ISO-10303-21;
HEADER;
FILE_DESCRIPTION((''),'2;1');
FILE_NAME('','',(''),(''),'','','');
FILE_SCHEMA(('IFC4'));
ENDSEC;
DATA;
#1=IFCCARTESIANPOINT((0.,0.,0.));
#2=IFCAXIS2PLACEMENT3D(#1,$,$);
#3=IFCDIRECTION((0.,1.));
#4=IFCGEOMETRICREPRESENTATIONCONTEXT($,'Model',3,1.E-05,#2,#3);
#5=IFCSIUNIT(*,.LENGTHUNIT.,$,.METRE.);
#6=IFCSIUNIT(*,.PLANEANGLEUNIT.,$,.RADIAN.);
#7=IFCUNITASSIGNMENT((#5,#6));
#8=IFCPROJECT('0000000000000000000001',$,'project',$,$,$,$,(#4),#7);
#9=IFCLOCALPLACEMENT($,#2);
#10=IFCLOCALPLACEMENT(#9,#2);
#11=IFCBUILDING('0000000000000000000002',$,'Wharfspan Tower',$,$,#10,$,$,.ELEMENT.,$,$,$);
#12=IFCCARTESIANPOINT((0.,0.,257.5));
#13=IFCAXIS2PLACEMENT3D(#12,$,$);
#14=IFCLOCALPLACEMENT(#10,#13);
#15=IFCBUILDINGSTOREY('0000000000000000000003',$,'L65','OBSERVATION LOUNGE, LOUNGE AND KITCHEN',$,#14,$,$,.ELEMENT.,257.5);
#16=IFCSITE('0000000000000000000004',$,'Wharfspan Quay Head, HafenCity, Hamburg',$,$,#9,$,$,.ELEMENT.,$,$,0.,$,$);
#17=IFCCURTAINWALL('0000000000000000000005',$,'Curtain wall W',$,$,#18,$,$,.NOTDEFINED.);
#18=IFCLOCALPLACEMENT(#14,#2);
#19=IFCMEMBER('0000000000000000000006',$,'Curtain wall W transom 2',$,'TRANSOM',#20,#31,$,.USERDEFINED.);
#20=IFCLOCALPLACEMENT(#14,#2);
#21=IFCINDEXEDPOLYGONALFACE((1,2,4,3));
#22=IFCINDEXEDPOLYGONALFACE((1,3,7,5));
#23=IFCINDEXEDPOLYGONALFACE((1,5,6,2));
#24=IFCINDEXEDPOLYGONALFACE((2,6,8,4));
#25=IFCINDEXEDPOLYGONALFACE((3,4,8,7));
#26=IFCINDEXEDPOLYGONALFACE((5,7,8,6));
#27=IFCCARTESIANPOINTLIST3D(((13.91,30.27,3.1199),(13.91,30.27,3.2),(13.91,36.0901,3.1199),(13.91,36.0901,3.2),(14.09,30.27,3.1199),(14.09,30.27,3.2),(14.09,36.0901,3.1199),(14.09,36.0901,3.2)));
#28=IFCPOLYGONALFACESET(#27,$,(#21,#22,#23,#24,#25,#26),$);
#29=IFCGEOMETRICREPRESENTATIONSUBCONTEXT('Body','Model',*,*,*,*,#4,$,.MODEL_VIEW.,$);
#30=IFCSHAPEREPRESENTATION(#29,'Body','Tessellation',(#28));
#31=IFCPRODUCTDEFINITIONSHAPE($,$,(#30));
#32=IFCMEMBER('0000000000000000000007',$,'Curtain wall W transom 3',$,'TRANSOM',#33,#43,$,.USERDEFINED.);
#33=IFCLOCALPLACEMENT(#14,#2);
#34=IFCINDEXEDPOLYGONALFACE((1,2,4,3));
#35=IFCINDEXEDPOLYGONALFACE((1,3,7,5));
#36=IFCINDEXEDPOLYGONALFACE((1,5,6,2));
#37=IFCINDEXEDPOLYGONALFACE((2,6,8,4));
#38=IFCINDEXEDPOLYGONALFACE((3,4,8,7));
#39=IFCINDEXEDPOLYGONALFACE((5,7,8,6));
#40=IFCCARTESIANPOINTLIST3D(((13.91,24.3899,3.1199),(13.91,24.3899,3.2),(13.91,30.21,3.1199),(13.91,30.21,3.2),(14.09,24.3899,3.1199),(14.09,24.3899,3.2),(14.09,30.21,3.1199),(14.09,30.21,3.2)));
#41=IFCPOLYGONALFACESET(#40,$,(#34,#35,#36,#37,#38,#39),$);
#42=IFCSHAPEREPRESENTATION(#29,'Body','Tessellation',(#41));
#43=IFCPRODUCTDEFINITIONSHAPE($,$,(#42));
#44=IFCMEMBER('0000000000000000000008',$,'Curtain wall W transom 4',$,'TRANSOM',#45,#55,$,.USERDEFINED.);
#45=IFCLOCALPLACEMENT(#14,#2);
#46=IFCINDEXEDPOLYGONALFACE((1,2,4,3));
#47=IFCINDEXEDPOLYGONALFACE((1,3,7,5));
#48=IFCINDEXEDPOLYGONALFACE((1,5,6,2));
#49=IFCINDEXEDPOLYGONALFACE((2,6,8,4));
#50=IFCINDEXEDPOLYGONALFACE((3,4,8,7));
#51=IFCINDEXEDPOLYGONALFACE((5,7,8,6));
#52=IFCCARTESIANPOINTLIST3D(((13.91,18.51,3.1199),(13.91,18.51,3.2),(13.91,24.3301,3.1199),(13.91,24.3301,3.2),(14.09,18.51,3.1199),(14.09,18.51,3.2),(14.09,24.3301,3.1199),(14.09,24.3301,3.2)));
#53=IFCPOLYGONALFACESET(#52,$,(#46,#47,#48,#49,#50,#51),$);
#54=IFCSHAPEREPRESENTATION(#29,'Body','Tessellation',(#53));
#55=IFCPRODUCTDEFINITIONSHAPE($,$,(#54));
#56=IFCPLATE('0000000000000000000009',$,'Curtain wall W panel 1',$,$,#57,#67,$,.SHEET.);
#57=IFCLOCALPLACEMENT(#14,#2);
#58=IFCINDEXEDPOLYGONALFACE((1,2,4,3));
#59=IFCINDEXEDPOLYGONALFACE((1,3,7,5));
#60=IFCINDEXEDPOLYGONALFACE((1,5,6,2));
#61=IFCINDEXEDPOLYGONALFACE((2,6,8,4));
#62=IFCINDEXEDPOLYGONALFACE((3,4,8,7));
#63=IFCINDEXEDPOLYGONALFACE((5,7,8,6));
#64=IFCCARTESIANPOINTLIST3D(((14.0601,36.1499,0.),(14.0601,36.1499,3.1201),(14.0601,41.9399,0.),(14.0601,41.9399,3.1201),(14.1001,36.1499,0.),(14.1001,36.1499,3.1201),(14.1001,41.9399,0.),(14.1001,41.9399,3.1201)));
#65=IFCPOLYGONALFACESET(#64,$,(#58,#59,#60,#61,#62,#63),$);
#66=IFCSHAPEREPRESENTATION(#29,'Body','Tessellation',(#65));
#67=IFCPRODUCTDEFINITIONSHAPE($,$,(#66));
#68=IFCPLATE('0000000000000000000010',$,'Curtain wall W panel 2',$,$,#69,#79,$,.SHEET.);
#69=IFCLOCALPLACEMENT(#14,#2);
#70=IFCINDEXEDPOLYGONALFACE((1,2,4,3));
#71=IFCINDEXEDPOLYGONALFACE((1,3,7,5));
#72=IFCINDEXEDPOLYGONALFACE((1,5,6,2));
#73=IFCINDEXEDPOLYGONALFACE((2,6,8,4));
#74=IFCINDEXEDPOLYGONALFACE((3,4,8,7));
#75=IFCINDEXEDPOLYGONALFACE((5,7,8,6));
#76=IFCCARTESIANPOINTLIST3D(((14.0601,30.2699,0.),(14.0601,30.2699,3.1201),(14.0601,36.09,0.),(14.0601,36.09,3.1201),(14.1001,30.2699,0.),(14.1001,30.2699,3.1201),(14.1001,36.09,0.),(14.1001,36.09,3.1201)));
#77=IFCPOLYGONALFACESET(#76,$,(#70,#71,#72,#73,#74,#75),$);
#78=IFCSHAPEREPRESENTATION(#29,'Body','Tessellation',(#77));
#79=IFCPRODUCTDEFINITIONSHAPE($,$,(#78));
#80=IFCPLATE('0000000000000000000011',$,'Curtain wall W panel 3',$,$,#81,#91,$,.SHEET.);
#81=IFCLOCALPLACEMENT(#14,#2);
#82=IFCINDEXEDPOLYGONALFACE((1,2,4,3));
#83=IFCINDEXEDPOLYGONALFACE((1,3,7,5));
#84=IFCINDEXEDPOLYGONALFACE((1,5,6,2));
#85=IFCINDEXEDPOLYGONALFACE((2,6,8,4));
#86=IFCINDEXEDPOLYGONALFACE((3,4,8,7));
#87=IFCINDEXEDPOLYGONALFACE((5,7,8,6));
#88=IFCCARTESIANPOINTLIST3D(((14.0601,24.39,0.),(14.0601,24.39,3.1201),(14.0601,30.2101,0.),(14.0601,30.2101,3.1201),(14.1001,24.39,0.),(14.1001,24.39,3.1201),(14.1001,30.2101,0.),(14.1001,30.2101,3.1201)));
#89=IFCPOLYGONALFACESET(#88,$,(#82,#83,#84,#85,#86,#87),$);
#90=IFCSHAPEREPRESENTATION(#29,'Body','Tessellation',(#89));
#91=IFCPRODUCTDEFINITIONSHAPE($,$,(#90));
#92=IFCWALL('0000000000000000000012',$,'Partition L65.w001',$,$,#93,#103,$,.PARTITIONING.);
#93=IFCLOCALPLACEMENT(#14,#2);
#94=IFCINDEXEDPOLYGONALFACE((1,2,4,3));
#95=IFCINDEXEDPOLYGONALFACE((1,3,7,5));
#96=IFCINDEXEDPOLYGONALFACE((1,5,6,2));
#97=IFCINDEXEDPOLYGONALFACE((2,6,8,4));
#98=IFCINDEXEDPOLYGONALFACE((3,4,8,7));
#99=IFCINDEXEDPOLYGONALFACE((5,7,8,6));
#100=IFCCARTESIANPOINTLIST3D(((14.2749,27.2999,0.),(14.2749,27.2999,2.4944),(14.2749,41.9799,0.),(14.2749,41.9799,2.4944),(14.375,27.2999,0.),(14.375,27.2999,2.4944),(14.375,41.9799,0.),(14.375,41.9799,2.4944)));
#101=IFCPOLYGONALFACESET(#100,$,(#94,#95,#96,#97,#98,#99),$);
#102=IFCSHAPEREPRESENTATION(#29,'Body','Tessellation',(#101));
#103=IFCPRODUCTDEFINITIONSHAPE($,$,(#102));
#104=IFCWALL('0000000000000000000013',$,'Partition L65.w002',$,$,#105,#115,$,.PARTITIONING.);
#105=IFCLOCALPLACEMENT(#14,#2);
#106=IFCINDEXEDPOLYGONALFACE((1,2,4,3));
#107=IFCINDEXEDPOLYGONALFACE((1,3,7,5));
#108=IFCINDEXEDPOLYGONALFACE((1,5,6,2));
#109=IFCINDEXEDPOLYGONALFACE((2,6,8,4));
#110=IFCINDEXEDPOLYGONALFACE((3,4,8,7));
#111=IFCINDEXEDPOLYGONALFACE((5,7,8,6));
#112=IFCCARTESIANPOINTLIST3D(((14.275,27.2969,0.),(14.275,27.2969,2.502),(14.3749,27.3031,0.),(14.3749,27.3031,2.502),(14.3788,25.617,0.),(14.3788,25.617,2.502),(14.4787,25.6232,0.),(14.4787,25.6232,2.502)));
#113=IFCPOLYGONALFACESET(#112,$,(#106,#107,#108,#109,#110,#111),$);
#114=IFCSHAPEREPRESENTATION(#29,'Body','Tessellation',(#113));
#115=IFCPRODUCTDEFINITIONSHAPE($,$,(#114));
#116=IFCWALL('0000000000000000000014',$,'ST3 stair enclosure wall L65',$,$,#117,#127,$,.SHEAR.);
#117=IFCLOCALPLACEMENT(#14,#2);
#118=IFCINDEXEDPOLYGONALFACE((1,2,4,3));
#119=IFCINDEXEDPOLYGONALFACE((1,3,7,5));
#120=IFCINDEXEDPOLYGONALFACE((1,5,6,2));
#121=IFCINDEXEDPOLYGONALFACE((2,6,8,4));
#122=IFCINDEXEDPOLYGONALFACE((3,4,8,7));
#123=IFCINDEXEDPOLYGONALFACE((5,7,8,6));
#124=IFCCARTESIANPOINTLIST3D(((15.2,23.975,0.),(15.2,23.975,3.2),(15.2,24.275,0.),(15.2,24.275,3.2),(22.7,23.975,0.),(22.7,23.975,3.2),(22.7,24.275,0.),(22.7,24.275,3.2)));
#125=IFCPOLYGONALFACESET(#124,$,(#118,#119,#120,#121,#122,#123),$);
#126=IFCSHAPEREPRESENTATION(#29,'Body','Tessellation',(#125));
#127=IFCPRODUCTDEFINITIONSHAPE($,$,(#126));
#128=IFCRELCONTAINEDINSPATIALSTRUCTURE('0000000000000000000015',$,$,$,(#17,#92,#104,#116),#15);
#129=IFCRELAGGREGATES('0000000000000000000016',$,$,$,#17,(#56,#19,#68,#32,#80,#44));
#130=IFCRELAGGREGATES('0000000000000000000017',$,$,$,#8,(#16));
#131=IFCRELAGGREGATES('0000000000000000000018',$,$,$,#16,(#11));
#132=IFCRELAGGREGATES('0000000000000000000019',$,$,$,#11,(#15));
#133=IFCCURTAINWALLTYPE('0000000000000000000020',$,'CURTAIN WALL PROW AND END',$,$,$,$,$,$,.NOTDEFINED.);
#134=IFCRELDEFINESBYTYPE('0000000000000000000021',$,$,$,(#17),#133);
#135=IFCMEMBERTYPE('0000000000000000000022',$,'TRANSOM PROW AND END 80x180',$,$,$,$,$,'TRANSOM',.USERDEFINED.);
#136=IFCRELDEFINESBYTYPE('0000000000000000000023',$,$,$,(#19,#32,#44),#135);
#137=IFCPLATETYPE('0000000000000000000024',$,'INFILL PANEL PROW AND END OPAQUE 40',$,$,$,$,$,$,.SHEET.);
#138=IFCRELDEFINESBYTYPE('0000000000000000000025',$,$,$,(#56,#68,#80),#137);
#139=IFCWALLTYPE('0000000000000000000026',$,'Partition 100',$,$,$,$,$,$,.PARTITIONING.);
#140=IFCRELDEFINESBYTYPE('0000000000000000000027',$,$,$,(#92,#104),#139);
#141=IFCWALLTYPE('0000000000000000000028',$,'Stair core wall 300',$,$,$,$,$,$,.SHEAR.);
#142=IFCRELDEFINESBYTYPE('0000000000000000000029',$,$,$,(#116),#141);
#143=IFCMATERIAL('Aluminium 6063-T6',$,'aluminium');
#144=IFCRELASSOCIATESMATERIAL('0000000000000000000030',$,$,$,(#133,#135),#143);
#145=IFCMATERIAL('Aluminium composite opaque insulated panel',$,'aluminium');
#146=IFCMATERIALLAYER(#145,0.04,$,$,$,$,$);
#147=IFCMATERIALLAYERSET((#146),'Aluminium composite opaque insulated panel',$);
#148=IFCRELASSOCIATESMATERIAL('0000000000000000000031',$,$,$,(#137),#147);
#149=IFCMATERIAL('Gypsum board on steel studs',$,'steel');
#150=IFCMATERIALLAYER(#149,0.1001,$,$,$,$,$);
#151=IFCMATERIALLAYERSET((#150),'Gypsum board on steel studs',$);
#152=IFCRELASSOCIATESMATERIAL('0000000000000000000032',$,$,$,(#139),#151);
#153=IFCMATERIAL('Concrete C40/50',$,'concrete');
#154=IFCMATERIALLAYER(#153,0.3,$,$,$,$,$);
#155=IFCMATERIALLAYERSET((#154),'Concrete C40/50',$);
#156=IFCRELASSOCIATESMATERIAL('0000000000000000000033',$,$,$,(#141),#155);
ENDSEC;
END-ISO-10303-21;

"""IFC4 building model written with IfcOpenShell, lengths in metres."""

from ifc_helpers import new_model, si_unit, direction, frame, frame_2d, origin, origin_2d, place, context, subcontext, project, spatial, rectangle, extrude, material, layer, layer_set, material_profile, profile_set, type_object, element, aggregate, save


model = new_model("IFC4")

# Units and contexts
model_context = context("Model", 3, precision=1e-05, world=origin(), true_north=direction((0.0, 1.0)))
body_context = subcontext(model_context, "Body", "Model", "MODEL_VIEW")
ifc_project = project(units=[si_unit("LENGTHUNIT", "METRE"), si_unit("PLANEANGLEUNIT", "RADIAN")], contexts=[model_context])

# Site, building, storey
site_placement = place(None, origin())
site = spatial("IfcSite", under=ifc_project, at=site_placement, Name="Wharfspan Quay Head, HafenCity, Hamburg", CompositionType="ELEMENT", RefElevation=0.0)
building_placement = place(site_placement, origin())
building = spatial("IfcBuilding", under=site, at=building_placement, Name="Wharfspan Tower", CompositionType="ELEMENT")
storey_placement = place(building_placement, frame((0.0, 0.0, 257.5)))
storey = spatial("IfcBuildingStorey", under=building, at=storey_placement, Name="L65", Description="OBSERVATION LOUNGE, LOUNGE AND KITCHEN", CompositionType="ELEMENT", Elevation=257.5)

# Curtain wall
ifc_material_1 = material(Name="Aluminium 6063-T6", Category="aluminium")
curtain_wall_type = type_object("IfcCurtainWallType", Name="CURTAIN WALL PROW AND END", PredefinedType="NOTDEFINED", material=ifc_material_1)
curtain_wall_placement = place(storey_placement, origin())
curtain_wall = element("IfcCurtainWall", 1, at=curtain_wall_placement, inside=storey, type_object=curtain_wall_type, Name="Curtain wall W", PredefinedType="NOTDEFINED")

# Members
ifc_material_profile_1 = material_profile(ifc_material_1, rectangle(XDim=0.1799, YDim=0.0801, at=origin_2d()))
ifc_profile_set_1 = profile_set([ifc_material_profile_1], Name="Aluminium 6063-T6")
member_type_1 = type_object("IfcMemberType", Name="TRANSOM PROW AND END 80x180", ElementType="TRANSOM", PredefinedType="USERDEFINED", material=ifc_profile_set_1)
member_1_placement = place(storey_placement, frame((14.0, 36.0901, 3.1599), z_axis=(0.0, -1.0, 0.0), x_axis=(1.0, 0.0, 0.0)))
member_1 = element("IfcMember", 2, at=member_1_placement, type_object=member_type_1, Name="Curtain wall W transom 2", ObjectType="TRANSOM", PredefinedType="USERDEFINED", context=body_context, shape_type="SweptSolid", body=[
    extrude(rectangle(XDim=0.1799, YDim=0.0801, at=origin_2d()), origin(), (0.0, 0.0, 1.0), 5.8201),
])
member_2_placement = place(storey_placement, frame((14.0, 30.21, 3.1599), z_axis=(0.0, -1.0, 0.0), x_axis=(1.0, 0.0, 0.0)))
member_2 = element("IfcMember", 3, at=member_2_placement, type_object=member_type_1, Name="Curtain wall W transom 3", ObjectType="TRANSOM", PredefinedType="USERDEFINED", context=body_context, shape_type="SweptSolid", body=[
    extrude(rectangle(XDim=0.1799, YDim=0.0801, at=origin_2d()), origin(), (0.0, 0.0, 1.0), 5.8201),
])
member_3_placement = place(storey_placement, frame((14.0, 24.3301, 3.1599), z_axis=(0.0, -1.0, 0.0), x_axis=(1.0, 0.0, 0.0)))
member_3 = element("IfcMember", 4, at=member_3_placement, type_object=member_type_1, Name="Curtain wall W transom 4", ObjectType="TRANSOM", PredefinedType="USERDEFINED", context=body_context, shape_type="SweptSolid", body=[
    extrude(rectangle(XDim=0.1799, YDim=0.0801, at=origin_2d()), origin(), (0.0, 0.0, 1.0), 5.8201),
])

# Plates
ifc_material_2 = material(Name="Aluminium composite opaque insulated panel", Category="aluminium")
ifc_layer_1 = layer(ifc_material_2, 0.04)
ifc_layer_set_1 = layer_set([ifc_layer_1], Name="Aluminium composite opaque insulated panel")
plate_type = type_object("IfcPlateType", Name="INFILL PANEL PROW AND END OPAQUE 40", PredefinedType="SHEET", material=ifc_layer_set_1)
plate_1_placement = place(storey_placement, frame((14.0801, 39.0449, 0.0), z_axis=(0.0, 0.0, 1.0), x_axis=(0.0, -1.0, 0.0)))
plate_1 = element("IfcPlate", 5, at=plate_1_placement, type_object=plate_type, Name="Curtain wall W panel 1", PredefinedType="SHEET", context=body_context, shape_type="SweptSolid", body=[
    extrude(rectangle(XDim=5.79, YDim=0.04, at=origin_2d()), origin(), (0.0, 0.0, 1.0), 3.1201),
])
plate_2_placement = place(storey_placement, frame((14.0801, 33.1799, 0.0), z_axis=(0.0, 0.0, 1.0), x_axis=(0.0, -1.0, 0.0)))
plate_2 = element("IfcPlate", 6, at=plate_2_placement, type_object=plate_type, Name="Curtain wall W panel 2", PredefinedType="SHEET", context=body_context, shape_type="SweptSolid", body=[
    extrude(rectangle(XDim=5.8201, YDim=0.04, at=origin_2d()), origin(), (0.0, 0.0, 1.0), 3.1201),
])
plate_3_placement = place(storey_placement, frame((14.0801, 27.3, 0.0), z_axis=(0.0, 0.0, 1.0), x_axis=(0.0, -1.0, 0.0)))
plate_3 = element("IfcPlate", 7, at=plate_3_placement, type_object=plate_type, Name="Curtain wall W panel 3", PredefinedType="SHEET", context=body_context, shape_type="SweptSolid", body=[
    extrude(rectangle(XDim=5.8201, YDim=0.04, at=origin_2d()), origin(), (0.0, 0.0, 1.0), 3.1201),
])
aggregate(curtain_wall, [plate_1, member_1, plate_2, member_2, plate_3, member_3])

# Walls
ifc_material_3 = material(Name="Gypsum board on steel studs", Category="steel")
ifc_layer_2 = layer(ifc_material_3, 0.1001)
ifc_layer_set_2 = layer_set([ifc_layer_2], Name="Gypsum board on steel studs")
wall_type_1 = type_object("IfcWallType", Name="Partition 100", PredefinedType="PARTITIONING", material=ifc_layer_set_2)
wall_1_placement = place(storey_placement, frame((14.325, 27.3, 0.0), z_axis=(0.0, 0.0, 1.0), x_axis=(0.0, 1.0, 0.0)))
element("IfcWall", 8, at=wall_1_placement, inside=storey, type_object=wall_type_1, Name="Partition L65.w001", PredefinedType="PARTITIONING", context=body_context, shape_type="SweptSolid", body=[
    extrude(rectangle(XDim=14.6799, YDim=0.1001, at=frame_2d((7.3398, 0.0))), origin(), (0.0, 0.0, 1.0), 2.4944),
])
wall_2_placement = place(storey_placement, frame((14.4287, 25.6201, 0.0), z_axis=(0.0, 0.0, 1.0), x_axis=(-0.061647, 0.998101, 0.0)))
element("IfcWall", 9, at=wall_2_placement, inside=storey, type_object=wall_type_1, Name="Partition L65.w002", PredefinedType="PARTITIONING", context=body_context, shape_type="SweptSolid", body=[
    extrude(rectangle(XDim=1.6831, YDim=0.1001, at=frame_2d((0.8416, 0.0))), origin(), (0.0, 0.0, 1.0), 2.502),
])
ifc_material_4 = material(Name="Concrete C40/50", Category="concrete")
ifc_layer_3 = layer(ifc_material_4, 0.3)
ifc_layer_set_3 = layer_set([ifc_layer_3], Name="Concrete C40/50")
wall_type_2 = type_object("IfcWallType", Name="Stair core wall 300", PredefinedType="SHEAR", material=ifc_layer_set_3)
wall_3_placement = place(storey_placement, frame((15.2, 24.125, 0.0), z_axis=(0.0, 0.0, 1.0), x_axis=(1.0, 0.0, 0.0)))
element("IfcWall", 10, at=wall_3_placement, inside=storey, type_object=wall_type_2, Name="ST3 stair enclosure wall L65", PredefinedType="SHEAR", context=body_context, shape_type="SweptSolid", body=[
    extrude(rectangle(XDim=7.5, YDim=0.3, at=frame_2d((3.75, 0.0))), origin(), (0.0, 0.0, 1.0), 3.2),
])

save(model, "model.ifc")
